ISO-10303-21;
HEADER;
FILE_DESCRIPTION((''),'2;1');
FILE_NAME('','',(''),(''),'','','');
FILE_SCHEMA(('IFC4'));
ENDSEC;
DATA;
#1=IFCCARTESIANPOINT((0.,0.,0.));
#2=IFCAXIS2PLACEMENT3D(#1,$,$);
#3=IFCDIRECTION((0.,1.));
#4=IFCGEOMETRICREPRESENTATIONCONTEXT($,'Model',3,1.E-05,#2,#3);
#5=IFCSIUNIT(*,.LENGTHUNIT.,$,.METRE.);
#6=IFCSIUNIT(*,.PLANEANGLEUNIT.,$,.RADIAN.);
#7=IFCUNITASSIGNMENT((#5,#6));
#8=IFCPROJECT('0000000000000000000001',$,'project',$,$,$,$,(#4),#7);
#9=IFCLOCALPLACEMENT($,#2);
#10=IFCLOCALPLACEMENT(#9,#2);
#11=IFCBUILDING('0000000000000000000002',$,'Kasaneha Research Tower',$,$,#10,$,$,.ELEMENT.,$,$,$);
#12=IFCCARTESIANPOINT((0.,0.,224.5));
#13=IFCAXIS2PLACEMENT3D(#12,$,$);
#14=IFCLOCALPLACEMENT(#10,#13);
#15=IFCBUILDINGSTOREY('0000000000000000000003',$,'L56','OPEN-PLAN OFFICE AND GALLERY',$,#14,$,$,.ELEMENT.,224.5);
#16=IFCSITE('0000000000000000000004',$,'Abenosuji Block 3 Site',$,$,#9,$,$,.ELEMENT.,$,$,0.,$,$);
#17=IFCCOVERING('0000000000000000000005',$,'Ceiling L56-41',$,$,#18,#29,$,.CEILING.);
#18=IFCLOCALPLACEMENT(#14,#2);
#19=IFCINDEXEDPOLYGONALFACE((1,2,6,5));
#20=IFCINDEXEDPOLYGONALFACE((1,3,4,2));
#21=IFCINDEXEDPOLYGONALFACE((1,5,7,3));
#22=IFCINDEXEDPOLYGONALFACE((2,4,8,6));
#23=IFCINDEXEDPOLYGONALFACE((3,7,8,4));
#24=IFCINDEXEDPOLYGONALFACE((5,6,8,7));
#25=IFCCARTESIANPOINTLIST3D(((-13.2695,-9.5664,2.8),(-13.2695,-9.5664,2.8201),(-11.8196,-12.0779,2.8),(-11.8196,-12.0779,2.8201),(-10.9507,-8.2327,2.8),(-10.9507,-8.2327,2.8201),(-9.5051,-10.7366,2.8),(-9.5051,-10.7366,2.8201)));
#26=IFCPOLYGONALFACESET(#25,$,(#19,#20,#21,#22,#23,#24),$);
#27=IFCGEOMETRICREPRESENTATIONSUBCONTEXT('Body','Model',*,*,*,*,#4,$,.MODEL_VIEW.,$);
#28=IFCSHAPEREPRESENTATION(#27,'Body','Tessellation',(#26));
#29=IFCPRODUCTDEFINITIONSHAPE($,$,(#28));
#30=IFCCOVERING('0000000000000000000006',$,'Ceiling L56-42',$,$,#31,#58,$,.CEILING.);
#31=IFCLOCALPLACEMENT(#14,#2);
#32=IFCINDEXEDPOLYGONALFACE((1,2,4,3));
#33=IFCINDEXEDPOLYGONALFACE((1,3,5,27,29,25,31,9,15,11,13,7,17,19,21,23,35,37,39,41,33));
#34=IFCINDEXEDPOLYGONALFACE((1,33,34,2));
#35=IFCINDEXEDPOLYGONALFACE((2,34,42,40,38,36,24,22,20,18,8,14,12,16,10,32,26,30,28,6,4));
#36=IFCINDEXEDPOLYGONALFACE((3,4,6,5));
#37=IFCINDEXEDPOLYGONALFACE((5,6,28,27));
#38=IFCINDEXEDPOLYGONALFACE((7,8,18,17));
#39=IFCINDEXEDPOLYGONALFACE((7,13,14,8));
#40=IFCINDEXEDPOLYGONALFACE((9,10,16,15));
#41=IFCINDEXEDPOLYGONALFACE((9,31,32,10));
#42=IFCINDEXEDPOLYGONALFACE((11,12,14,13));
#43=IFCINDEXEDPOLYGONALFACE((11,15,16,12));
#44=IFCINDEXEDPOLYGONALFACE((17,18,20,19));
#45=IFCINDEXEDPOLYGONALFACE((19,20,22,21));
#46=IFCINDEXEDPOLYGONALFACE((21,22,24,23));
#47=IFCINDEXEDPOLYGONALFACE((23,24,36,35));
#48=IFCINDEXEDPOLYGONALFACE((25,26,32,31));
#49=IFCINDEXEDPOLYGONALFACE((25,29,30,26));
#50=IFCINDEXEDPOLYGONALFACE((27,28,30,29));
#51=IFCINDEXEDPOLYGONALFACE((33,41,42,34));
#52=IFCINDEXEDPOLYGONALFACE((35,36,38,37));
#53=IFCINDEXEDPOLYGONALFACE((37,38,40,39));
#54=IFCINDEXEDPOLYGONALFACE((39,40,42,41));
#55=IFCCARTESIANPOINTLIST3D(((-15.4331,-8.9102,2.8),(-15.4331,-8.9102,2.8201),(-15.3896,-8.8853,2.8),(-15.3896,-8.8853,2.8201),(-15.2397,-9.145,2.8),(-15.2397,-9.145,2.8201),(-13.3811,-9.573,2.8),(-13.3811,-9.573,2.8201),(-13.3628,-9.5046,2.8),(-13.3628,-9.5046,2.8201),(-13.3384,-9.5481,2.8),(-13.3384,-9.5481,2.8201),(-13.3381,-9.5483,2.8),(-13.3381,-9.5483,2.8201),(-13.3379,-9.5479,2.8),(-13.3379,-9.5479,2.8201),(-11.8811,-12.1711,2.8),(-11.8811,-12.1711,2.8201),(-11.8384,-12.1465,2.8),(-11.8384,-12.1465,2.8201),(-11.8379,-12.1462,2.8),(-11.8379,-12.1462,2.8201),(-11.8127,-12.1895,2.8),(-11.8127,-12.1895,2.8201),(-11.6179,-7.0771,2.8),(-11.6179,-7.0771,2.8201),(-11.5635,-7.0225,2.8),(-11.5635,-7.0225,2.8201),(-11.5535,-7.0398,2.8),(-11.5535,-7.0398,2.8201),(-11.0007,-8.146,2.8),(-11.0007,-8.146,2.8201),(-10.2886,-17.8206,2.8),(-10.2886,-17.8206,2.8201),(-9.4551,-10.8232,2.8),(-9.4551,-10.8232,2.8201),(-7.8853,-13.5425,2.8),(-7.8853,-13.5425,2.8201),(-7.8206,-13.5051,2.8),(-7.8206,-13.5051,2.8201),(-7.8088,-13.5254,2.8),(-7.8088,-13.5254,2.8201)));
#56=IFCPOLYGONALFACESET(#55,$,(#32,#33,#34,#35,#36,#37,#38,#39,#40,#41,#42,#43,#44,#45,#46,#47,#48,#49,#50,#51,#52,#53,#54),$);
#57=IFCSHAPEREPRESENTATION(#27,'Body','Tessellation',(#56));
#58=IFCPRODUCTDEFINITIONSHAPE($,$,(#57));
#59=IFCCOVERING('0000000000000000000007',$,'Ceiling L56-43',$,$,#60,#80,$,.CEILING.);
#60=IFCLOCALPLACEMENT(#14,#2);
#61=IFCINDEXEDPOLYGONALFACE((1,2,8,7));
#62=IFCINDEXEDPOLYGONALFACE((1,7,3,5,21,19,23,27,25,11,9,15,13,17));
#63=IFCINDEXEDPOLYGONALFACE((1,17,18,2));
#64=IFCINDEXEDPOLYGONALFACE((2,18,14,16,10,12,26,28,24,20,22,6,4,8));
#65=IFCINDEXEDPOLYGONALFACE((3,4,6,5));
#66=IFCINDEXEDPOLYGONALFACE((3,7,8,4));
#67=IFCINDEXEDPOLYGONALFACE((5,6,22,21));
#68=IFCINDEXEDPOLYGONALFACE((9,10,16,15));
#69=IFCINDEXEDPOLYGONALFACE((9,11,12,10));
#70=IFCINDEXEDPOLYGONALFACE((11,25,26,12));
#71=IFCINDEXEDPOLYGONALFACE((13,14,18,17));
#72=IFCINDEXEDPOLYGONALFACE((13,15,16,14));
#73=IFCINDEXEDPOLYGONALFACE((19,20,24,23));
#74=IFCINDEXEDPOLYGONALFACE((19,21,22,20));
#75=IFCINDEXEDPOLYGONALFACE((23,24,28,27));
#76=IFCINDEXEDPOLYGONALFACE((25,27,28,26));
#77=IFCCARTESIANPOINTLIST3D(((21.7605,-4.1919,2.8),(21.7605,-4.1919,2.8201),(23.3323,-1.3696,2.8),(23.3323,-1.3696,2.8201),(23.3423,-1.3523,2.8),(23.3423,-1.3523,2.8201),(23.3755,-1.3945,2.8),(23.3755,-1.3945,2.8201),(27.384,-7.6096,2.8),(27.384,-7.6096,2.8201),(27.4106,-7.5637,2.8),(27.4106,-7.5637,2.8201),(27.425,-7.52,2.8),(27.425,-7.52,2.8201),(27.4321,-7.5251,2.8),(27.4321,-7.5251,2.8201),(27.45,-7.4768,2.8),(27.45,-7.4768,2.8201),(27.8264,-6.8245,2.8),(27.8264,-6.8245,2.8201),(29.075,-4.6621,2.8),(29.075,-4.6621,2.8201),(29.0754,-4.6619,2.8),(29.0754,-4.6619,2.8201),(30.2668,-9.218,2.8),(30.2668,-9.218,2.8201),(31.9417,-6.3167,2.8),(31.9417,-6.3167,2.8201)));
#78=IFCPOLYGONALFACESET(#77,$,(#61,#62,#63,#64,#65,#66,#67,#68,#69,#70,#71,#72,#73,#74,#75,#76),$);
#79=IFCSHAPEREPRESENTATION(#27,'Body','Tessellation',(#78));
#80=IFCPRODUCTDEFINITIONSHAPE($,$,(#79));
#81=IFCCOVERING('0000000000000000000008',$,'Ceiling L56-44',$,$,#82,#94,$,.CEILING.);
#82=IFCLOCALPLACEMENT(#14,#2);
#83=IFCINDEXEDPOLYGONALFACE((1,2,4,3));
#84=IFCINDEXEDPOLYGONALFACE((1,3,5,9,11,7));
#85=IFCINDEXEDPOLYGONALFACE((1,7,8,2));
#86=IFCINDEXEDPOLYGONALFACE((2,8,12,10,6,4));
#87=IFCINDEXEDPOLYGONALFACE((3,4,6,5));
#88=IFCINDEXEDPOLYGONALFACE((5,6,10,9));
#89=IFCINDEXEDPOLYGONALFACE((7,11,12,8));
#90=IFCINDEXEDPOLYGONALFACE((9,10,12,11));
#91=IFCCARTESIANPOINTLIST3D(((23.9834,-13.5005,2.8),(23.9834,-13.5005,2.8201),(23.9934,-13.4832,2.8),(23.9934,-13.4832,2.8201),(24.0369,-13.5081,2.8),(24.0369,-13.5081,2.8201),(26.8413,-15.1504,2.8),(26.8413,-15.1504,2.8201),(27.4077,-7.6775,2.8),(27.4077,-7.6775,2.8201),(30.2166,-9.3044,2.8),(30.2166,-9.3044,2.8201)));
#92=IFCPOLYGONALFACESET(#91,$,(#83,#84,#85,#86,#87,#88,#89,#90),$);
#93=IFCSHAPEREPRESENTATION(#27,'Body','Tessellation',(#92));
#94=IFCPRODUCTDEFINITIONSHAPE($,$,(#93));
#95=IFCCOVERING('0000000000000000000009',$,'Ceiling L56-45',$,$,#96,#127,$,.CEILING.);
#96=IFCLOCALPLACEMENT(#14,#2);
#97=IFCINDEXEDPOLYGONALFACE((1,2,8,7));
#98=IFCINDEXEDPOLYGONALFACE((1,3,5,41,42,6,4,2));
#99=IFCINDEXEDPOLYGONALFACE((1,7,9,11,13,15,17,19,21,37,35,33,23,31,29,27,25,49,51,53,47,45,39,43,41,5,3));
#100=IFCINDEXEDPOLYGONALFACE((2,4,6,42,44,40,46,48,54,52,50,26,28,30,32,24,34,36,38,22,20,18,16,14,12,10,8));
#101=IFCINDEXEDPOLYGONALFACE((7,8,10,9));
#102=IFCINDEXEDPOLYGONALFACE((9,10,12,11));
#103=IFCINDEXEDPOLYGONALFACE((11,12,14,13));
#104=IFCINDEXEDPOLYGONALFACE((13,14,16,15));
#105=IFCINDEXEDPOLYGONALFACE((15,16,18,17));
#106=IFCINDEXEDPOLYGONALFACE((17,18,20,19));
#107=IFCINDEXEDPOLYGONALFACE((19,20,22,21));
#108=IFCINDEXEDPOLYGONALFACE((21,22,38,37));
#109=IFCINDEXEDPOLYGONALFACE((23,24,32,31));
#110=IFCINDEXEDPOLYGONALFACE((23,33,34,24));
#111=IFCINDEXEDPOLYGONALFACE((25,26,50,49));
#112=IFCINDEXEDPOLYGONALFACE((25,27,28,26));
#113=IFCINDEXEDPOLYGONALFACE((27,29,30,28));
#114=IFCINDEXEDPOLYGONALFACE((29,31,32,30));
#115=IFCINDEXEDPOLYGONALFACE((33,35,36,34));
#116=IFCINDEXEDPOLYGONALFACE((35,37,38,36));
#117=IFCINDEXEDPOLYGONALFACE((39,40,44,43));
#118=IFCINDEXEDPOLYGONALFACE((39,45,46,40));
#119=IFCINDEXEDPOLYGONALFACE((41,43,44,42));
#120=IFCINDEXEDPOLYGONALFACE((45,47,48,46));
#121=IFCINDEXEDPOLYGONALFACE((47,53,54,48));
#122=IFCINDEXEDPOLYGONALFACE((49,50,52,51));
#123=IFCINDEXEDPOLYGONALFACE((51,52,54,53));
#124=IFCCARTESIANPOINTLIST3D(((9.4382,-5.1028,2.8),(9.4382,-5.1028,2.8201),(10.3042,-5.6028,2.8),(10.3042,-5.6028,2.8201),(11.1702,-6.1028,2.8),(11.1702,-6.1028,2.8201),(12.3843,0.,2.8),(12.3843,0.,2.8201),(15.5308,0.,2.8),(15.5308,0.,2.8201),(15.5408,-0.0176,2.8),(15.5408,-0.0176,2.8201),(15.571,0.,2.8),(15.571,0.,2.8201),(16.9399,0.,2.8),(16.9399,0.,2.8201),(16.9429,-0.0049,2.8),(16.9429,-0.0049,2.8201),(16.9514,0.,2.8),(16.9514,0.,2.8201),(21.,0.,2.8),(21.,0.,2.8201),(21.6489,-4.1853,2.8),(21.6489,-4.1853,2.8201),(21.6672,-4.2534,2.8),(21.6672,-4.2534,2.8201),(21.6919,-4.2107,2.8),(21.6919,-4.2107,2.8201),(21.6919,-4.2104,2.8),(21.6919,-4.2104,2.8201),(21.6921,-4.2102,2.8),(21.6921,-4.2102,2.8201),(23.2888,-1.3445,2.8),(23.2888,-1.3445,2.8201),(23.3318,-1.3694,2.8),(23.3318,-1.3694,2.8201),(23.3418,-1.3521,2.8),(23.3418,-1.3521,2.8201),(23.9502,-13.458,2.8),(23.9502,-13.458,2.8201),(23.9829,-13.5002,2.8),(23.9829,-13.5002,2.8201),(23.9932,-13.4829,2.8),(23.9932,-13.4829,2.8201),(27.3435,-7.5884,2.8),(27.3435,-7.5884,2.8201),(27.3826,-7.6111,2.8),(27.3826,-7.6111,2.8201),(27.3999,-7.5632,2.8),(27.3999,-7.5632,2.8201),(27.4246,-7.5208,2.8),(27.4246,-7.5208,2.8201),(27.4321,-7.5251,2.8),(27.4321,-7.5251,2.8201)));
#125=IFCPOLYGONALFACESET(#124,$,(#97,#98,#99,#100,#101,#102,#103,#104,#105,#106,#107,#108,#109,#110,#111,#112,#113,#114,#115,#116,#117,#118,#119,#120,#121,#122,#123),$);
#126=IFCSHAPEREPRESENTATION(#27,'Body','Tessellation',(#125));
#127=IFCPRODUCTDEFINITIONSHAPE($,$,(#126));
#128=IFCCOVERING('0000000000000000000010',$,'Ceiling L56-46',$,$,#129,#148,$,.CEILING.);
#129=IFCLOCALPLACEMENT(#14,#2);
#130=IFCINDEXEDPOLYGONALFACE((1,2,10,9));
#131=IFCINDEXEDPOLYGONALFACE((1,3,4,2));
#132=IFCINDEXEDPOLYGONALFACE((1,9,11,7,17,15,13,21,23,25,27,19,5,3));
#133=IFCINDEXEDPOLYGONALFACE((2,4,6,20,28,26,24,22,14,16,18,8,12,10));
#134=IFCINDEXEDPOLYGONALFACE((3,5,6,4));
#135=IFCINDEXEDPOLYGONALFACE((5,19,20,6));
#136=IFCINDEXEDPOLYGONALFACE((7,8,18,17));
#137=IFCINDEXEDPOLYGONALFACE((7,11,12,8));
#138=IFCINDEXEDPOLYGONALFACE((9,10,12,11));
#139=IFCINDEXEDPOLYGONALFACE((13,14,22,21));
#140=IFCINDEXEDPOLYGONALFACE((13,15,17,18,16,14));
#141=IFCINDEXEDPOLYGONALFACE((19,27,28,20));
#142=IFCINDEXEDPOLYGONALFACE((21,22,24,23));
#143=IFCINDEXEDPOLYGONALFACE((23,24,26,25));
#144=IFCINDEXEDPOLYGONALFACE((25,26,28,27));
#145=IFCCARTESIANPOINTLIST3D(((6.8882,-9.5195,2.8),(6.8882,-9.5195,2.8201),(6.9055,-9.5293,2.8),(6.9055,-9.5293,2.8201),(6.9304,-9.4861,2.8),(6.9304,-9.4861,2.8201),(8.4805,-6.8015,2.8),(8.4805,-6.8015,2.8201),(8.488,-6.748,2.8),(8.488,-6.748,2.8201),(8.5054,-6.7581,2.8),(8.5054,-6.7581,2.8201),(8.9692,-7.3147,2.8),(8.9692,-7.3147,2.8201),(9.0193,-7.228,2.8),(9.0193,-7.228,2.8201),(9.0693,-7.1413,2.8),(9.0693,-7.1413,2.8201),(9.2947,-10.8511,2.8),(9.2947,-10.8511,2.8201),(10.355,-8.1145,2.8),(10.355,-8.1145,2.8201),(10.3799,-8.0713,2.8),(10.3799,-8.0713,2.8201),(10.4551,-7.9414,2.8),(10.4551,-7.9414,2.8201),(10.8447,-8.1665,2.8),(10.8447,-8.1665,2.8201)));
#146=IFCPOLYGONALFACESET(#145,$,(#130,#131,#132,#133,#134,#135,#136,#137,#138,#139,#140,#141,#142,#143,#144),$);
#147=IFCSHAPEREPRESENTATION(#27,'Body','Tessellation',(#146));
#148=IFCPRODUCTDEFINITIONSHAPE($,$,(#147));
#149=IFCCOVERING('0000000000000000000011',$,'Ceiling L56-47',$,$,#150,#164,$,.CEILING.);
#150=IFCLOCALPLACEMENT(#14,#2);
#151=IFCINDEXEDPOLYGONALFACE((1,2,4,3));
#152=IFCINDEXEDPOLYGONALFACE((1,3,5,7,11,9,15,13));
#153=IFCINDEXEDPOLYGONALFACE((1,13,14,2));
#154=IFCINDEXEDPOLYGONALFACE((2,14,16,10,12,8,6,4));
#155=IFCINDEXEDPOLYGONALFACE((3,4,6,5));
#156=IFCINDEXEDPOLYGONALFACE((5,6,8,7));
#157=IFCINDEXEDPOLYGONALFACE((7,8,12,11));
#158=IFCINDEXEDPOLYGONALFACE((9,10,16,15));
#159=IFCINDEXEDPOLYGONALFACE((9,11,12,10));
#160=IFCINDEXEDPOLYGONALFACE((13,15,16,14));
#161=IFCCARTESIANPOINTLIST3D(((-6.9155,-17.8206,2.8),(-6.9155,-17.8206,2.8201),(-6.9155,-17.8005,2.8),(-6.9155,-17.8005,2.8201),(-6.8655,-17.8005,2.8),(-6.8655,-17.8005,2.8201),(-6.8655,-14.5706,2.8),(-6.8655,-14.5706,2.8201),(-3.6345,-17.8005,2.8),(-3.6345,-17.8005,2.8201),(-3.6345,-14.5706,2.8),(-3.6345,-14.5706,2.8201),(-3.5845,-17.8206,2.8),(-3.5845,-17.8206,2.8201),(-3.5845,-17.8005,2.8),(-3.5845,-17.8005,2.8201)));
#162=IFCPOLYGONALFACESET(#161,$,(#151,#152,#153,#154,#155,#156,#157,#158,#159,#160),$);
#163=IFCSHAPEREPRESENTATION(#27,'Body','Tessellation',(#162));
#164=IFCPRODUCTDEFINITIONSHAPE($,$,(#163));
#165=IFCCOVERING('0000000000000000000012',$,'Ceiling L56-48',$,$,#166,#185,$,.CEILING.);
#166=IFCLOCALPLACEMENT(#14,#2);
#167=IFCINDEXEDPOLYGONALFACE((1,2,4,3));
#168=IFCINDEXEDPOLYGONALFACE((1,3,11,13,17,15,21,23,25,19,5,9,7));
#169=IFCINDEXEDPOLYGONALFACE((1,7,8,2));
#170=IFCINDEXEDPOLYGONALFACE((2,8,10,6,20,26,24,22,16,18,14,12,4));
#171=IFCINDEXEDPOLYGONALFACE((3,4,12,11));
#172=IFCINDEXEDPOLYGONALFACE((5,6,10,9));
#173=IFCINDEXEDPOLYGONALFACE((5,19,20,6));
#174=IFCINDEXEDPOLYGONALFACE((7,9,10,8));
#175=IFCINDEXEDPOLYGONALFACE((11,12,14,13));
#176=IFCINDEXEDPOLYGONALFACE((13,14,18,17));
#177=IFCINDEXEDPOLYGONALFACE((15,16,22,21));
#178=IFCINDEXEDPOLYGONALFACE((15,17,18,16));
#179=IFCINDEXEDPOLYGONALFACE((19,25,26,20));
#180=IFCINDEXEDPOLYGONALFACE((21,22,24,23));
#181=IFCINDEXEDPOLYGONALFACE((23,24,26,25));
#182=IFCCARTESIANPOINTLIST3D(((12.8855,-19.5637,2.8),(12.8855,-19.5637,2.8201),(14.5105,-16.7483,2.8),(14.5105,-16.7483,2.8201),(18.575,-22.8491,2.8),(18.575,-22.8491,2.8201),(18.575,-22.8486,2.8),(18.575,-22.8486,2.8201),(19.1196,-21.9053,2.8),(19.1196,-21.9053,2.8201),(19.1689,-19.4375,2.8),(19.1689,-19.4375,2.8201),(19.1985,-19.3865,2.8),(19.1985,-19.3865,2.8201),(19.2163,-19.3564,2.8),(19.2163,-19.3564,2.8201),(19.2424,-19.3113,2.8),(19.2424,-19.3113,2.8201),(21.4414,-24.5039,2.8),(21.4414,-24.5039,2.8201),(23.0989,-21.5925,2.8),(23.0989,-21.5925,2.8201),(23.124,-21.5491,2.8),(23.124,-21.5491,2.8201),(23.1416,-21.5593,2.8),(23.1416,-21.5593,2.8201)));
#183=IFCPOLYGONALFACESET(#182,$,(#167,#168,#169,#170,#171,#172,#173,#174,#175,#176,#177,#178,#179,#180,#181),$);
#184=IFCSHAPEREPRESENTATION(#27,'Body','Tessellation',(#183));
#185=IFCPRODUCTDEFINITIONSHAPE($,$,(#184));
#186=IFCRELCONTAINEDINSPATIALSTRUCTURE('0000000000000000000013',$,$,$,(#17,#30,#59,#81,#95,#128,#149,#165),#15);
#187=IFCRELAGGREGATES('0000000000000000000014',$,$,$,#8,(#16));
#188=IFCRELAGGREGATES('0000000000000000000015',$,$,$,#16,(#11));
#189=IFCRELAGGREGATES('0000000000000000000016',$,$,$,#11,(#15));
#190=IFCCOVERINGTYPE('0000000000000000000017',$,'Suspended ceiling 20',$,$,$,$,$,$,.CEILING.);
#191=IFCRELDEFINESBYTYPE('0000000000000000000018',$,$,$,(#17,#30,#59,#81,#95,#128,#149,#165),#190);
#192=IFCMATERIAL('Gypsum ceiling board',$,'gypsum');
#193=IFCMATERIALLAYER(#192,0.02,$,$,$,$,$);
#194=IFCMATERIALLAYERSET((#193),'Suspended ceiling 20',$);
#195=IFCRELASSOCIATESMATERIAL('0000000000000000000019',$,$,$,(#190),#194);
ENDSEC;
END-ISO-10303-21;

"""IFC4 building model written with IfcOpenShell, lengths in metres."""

from ifc_helpers import new_model, si_unit, direction, frame, origin, place, context, subcontext, project, spatial, polyline, outline, extrude, material, layer, layer_set, type_object, element, save


model = new_model("IFC4")

# Units and contexts
model_context = context("Model", 3, precision=1e-05, world=origin(), true_north=direction((0.0, 1.0)))
body_context = subcontext(model_context, "Body", "Model", "MODEL_VIEW")
ifc_project = project(units=[si_unit("LENGTHUNIT", "METRE"), si_unit("PLANEANGLEUNIT", "RADIAN")], contexts=[model_context])

# Site, building, storey
site_placement = place(None, origin())
site = spatial("IfcSite", under=ifc_project, at=site_placement, Name="Abenosuji Block 3 Site", CompositionType="ELEMENT", RefElevation=0.0)
building_placement = place(site_placement, origin())
building = spatial("IfcBuilding", under=site, at=building_placement, Name="Kasaneha Research Tower", CompositionType="ELEMENT")
storey_placement = place(building_placement, frame((0.0, 0.0, 224.5)))
storey = spatial("IfcBuildingStorey", under=building, at=storey_placement, Name="L56", Description="OPEN-PLAN OFFICE AND GALLERY", CompositionType="ELEMENT", Elevation=224.5)

# Coverings
ifc_material_1 = material(Name="Gypsum ceiling board", Category="gypsum")
ifc_layer_1 = layer(ifc_material_1, 0.02)
ifc_layer_set_1 = layer_set([ifc_layer_1], Name="Suspended ceiling 20")
covering_type_1 = type_object("IfcCoveringType", Name="Suspended ceiling 20", PredefinedType="CEILING", material=ifc_layer_set_1)
covering_1_placement = place(storey_placement, frame((0.0, 0.0, 2.8)))
element("IfcCovering", 1, at=covering_1_placement, inside=storey, type_object=covering_type_1, Name="Ceiling L56-41", PredefinedType="CEILING", context=body_context, shape_type="SweptSolid", body=[
    extrude(outline(polyline([(-13.2695, -9.5664), (-10.9507, -8.2327), (-9.5051, -10.7366), (-11.8196, -12.0779), (-13.2695, -9.5664)])), origin(), (0.0, 0.0, 1.0), 0.02),
])
covering_2_placement = place(storey_placement, frame((0.0, 0.0, 2.8)))
element("IfcCovering", 2, at=covering_2_placement, inside=storey, type_object=covering_type_1, Name="Ceiling L56-42", PredefinedType="CEILING", context=body_context, shape_type="SweptSolid", body=[
    extrude(outline(polyline([(-11.5535, -7.0398), (-11.6179, -7.0771), (-11.0007, -8.146), (-13.3628, -9.5046), (-13.3379, -9.5479), (-13.3384, -9.5481), (-13.3381, -9.5483), (-13.3811, -9.573), (-11.8811, -12.1711), (-11.8384, -12.1465), (-11.8384, -12.1465), (-11.8379, -12.1462), (-11.8127, -12.1895), (-9.4551, -10.8232), (-7.8853, -13.5425), (-7.8206, -13.5051), (-7.8088, -13.5254), (-10.2886, -17.8206), (-15.4331, -8.9102), (-15.3896, -8.8853), (-15.2397, -9.145), (-15.2397, -9.145), (-15.2397, -9.145), (-11.5635, -7.0225), (-11.5535, -7.0398)])), origin(), (0.0, 0.0, 1.0), 0.02),
])
covering_3_placement = place(storey_placement, frame((0.0, 0.0, 2.8)))
element("IfcCovering", 3, at=covering_3_placement, inside=storey, type_object=covering_type_1, Name="Ceiling L56-43", PredefinedType="CEILING", context=body_context, shape_type="SweptSolid", body=[
    extrude(outline(polyline([(27.8264, -6.8245), (29.0754, -4.6619), (31.9417, -6.3167), (30.2668, -9.218), (27.4106, -7.5637), (27.384, -7.6096), (27.4321, -7.5251), (27.425, -7.52), (27.45, -7.4768), (21.7605, -4.1919), (23.3755, -1.3945), (23.3323, -1.3696), (23.3423, -1.3523), (29.075, -4.6621), (27.8264, -6.8245)])), origin(), (0.0, 0.0, 1.0), 0.02),
])
covering_4_placement = place(storey_placement, frame((0.0, 0.0, 2.8)))
element("IfcCovering", 4, at=covering_4_placement, inside=storey, type_object=covering_type_1, Name="Ceiling L56-44", PredefinedType="CEILING", context=body_context, shape_type="SweptSolid", body=[
    extrude(outline(polyline([(23.9834, -13.5005), (23.9934, -13.4832), (24.0369, -13.5081), (27.4077, -7.6775), (30.2166, -9.3044), (26.8413, -15.1504), (23.9834, -13.5005)])), origin(), (0.0, 0.0, 1.0), 0.02),
])
covering_5_placement = place(storey_placement, frame((0.0, 0.0, 2.8)))
element("IfcCovering", 5, at=covering_5_placement, inside=storey, type_object=covering_type_1, Name="Ceiling L56-45", PredefinedType="CEILING", context=body_context, shape_type="SweptSolid", body=[
    extrude(outline(polyline([(9.4382, -5.1028), (12.3843, 0.0), (15.5308, 0.0), (15.5408, -0.0176), (15.571, 0.0), (16.9399, 0.0), (16.9429, -0.0049), (16.9514, 0.0), (21.0, 0.0), (23.3418, -1.3521), (23.3318, -1.3694), (23.2888, -1.3445), (21.6489, -4.1853), (21.6921, -4.2102), (21.6919, -4.2104), (21.6919, -4.2107), (21.6672, -4.2534), (27.3999, -7.5632), (27.4246, -7.5208), (27.4321, -7.5251), (27.3826, -7.6111), (27.3435, -7.5884), (23.9502, -13.458), (23.9932, -13.4829), (23.9829, -13.5002), (11.1702, -6.1028), (11.1702, -6.1028), (10.3042, -5.6028), (10.3042, -5.6028), (9.4382, -5.1028)])), origin(), (0.0, 0.0, 1.0), 0.02),
])
covering_6_placement = place(storey_placement, frame((0.0, 0.0, 2.8)))
element("IfcCovering", 6, at=covering_6_placement, inside=storey, type_object=covering_type_1, Name="Ceiling L56-46", PredefinedType="CEILING", context=body_context, shape_type="SweptSolid", body=[
    extrude(outline(polyline([(8.488, -6.748), (8.5054, -6.7581), (8.4805, -6.8015), (9.0693, -7.1414), (9.0942, -7.0981), (9.0942, -7.0981), (9.0193, -7.228), (9.0193, -7.228), (8.9692, -7.3147), (10.355, -8.1145), (10.3799, -8.0713), (10.3799, -8.0713), (10.4551, -7.9414), (10.8447, -8.1665), (9.2947, -10.8511), (6.9304, -9.4861), (6.9055, -9.5293), (6.8882, -9.5195), (8.488, -6.748)])), origin(), (0.0, 0.0, 1.0), 0.02),
])
covering_7_placement = place(storey_placement, frame((0.0, 0.0, 2.8)))
element("IfcCovering", 7, at=covering_7_placement, inside=storey, type_object=covering_type_1, Name="Ceiling L56-47", PredefinedType="CEILING", context=body_context, shape_type="SweptSolid", body=[
    extrude(outline(polyline([(-6.9155, -17.8206), (-6.9155, -17.8005), (-6.8655, -17.8005), (-6.8655, -14.5706), (-3.6345, -14.5706), (-3.6345, -17.8005), (-3.5845, -17.8005), (-3.5845, -17.8206), (-6.9155, -17.8206)])), origin(), (0.0, 0.0, 1.0), 0.02),
])
covering_8_placement = place(storey_placement, frame((0.0, 0.0, 2.8)))
element("IfcCovering", 8, at=covering_8_placement, inside=storey, type_object=covering_type_1, Name="Ceiling L56-48", PredefinedType="CEILING", context=body_context, shape_type="SweptSolid", body=[
    extrude(outline(polyline([(19.2424, -19.3113), (19.2163, -19.3564), (23.0989, -21.5925), (23.124, -21.5491), (23.1416, -21.5593), (21.4414, -24.5039), (18.575, -22.8491), (19.1196, -21.9053), (18.575, -22.8486), (12.8855, -19.5637), (14.5105, -16.7483), (19.1689, -19.4375), (19.1985, -19.3865), (19.2424, -19.3113)])), origin(), (0.0, 0.0, 1.0), 0.02),
])

save(model, "model.ifc")
